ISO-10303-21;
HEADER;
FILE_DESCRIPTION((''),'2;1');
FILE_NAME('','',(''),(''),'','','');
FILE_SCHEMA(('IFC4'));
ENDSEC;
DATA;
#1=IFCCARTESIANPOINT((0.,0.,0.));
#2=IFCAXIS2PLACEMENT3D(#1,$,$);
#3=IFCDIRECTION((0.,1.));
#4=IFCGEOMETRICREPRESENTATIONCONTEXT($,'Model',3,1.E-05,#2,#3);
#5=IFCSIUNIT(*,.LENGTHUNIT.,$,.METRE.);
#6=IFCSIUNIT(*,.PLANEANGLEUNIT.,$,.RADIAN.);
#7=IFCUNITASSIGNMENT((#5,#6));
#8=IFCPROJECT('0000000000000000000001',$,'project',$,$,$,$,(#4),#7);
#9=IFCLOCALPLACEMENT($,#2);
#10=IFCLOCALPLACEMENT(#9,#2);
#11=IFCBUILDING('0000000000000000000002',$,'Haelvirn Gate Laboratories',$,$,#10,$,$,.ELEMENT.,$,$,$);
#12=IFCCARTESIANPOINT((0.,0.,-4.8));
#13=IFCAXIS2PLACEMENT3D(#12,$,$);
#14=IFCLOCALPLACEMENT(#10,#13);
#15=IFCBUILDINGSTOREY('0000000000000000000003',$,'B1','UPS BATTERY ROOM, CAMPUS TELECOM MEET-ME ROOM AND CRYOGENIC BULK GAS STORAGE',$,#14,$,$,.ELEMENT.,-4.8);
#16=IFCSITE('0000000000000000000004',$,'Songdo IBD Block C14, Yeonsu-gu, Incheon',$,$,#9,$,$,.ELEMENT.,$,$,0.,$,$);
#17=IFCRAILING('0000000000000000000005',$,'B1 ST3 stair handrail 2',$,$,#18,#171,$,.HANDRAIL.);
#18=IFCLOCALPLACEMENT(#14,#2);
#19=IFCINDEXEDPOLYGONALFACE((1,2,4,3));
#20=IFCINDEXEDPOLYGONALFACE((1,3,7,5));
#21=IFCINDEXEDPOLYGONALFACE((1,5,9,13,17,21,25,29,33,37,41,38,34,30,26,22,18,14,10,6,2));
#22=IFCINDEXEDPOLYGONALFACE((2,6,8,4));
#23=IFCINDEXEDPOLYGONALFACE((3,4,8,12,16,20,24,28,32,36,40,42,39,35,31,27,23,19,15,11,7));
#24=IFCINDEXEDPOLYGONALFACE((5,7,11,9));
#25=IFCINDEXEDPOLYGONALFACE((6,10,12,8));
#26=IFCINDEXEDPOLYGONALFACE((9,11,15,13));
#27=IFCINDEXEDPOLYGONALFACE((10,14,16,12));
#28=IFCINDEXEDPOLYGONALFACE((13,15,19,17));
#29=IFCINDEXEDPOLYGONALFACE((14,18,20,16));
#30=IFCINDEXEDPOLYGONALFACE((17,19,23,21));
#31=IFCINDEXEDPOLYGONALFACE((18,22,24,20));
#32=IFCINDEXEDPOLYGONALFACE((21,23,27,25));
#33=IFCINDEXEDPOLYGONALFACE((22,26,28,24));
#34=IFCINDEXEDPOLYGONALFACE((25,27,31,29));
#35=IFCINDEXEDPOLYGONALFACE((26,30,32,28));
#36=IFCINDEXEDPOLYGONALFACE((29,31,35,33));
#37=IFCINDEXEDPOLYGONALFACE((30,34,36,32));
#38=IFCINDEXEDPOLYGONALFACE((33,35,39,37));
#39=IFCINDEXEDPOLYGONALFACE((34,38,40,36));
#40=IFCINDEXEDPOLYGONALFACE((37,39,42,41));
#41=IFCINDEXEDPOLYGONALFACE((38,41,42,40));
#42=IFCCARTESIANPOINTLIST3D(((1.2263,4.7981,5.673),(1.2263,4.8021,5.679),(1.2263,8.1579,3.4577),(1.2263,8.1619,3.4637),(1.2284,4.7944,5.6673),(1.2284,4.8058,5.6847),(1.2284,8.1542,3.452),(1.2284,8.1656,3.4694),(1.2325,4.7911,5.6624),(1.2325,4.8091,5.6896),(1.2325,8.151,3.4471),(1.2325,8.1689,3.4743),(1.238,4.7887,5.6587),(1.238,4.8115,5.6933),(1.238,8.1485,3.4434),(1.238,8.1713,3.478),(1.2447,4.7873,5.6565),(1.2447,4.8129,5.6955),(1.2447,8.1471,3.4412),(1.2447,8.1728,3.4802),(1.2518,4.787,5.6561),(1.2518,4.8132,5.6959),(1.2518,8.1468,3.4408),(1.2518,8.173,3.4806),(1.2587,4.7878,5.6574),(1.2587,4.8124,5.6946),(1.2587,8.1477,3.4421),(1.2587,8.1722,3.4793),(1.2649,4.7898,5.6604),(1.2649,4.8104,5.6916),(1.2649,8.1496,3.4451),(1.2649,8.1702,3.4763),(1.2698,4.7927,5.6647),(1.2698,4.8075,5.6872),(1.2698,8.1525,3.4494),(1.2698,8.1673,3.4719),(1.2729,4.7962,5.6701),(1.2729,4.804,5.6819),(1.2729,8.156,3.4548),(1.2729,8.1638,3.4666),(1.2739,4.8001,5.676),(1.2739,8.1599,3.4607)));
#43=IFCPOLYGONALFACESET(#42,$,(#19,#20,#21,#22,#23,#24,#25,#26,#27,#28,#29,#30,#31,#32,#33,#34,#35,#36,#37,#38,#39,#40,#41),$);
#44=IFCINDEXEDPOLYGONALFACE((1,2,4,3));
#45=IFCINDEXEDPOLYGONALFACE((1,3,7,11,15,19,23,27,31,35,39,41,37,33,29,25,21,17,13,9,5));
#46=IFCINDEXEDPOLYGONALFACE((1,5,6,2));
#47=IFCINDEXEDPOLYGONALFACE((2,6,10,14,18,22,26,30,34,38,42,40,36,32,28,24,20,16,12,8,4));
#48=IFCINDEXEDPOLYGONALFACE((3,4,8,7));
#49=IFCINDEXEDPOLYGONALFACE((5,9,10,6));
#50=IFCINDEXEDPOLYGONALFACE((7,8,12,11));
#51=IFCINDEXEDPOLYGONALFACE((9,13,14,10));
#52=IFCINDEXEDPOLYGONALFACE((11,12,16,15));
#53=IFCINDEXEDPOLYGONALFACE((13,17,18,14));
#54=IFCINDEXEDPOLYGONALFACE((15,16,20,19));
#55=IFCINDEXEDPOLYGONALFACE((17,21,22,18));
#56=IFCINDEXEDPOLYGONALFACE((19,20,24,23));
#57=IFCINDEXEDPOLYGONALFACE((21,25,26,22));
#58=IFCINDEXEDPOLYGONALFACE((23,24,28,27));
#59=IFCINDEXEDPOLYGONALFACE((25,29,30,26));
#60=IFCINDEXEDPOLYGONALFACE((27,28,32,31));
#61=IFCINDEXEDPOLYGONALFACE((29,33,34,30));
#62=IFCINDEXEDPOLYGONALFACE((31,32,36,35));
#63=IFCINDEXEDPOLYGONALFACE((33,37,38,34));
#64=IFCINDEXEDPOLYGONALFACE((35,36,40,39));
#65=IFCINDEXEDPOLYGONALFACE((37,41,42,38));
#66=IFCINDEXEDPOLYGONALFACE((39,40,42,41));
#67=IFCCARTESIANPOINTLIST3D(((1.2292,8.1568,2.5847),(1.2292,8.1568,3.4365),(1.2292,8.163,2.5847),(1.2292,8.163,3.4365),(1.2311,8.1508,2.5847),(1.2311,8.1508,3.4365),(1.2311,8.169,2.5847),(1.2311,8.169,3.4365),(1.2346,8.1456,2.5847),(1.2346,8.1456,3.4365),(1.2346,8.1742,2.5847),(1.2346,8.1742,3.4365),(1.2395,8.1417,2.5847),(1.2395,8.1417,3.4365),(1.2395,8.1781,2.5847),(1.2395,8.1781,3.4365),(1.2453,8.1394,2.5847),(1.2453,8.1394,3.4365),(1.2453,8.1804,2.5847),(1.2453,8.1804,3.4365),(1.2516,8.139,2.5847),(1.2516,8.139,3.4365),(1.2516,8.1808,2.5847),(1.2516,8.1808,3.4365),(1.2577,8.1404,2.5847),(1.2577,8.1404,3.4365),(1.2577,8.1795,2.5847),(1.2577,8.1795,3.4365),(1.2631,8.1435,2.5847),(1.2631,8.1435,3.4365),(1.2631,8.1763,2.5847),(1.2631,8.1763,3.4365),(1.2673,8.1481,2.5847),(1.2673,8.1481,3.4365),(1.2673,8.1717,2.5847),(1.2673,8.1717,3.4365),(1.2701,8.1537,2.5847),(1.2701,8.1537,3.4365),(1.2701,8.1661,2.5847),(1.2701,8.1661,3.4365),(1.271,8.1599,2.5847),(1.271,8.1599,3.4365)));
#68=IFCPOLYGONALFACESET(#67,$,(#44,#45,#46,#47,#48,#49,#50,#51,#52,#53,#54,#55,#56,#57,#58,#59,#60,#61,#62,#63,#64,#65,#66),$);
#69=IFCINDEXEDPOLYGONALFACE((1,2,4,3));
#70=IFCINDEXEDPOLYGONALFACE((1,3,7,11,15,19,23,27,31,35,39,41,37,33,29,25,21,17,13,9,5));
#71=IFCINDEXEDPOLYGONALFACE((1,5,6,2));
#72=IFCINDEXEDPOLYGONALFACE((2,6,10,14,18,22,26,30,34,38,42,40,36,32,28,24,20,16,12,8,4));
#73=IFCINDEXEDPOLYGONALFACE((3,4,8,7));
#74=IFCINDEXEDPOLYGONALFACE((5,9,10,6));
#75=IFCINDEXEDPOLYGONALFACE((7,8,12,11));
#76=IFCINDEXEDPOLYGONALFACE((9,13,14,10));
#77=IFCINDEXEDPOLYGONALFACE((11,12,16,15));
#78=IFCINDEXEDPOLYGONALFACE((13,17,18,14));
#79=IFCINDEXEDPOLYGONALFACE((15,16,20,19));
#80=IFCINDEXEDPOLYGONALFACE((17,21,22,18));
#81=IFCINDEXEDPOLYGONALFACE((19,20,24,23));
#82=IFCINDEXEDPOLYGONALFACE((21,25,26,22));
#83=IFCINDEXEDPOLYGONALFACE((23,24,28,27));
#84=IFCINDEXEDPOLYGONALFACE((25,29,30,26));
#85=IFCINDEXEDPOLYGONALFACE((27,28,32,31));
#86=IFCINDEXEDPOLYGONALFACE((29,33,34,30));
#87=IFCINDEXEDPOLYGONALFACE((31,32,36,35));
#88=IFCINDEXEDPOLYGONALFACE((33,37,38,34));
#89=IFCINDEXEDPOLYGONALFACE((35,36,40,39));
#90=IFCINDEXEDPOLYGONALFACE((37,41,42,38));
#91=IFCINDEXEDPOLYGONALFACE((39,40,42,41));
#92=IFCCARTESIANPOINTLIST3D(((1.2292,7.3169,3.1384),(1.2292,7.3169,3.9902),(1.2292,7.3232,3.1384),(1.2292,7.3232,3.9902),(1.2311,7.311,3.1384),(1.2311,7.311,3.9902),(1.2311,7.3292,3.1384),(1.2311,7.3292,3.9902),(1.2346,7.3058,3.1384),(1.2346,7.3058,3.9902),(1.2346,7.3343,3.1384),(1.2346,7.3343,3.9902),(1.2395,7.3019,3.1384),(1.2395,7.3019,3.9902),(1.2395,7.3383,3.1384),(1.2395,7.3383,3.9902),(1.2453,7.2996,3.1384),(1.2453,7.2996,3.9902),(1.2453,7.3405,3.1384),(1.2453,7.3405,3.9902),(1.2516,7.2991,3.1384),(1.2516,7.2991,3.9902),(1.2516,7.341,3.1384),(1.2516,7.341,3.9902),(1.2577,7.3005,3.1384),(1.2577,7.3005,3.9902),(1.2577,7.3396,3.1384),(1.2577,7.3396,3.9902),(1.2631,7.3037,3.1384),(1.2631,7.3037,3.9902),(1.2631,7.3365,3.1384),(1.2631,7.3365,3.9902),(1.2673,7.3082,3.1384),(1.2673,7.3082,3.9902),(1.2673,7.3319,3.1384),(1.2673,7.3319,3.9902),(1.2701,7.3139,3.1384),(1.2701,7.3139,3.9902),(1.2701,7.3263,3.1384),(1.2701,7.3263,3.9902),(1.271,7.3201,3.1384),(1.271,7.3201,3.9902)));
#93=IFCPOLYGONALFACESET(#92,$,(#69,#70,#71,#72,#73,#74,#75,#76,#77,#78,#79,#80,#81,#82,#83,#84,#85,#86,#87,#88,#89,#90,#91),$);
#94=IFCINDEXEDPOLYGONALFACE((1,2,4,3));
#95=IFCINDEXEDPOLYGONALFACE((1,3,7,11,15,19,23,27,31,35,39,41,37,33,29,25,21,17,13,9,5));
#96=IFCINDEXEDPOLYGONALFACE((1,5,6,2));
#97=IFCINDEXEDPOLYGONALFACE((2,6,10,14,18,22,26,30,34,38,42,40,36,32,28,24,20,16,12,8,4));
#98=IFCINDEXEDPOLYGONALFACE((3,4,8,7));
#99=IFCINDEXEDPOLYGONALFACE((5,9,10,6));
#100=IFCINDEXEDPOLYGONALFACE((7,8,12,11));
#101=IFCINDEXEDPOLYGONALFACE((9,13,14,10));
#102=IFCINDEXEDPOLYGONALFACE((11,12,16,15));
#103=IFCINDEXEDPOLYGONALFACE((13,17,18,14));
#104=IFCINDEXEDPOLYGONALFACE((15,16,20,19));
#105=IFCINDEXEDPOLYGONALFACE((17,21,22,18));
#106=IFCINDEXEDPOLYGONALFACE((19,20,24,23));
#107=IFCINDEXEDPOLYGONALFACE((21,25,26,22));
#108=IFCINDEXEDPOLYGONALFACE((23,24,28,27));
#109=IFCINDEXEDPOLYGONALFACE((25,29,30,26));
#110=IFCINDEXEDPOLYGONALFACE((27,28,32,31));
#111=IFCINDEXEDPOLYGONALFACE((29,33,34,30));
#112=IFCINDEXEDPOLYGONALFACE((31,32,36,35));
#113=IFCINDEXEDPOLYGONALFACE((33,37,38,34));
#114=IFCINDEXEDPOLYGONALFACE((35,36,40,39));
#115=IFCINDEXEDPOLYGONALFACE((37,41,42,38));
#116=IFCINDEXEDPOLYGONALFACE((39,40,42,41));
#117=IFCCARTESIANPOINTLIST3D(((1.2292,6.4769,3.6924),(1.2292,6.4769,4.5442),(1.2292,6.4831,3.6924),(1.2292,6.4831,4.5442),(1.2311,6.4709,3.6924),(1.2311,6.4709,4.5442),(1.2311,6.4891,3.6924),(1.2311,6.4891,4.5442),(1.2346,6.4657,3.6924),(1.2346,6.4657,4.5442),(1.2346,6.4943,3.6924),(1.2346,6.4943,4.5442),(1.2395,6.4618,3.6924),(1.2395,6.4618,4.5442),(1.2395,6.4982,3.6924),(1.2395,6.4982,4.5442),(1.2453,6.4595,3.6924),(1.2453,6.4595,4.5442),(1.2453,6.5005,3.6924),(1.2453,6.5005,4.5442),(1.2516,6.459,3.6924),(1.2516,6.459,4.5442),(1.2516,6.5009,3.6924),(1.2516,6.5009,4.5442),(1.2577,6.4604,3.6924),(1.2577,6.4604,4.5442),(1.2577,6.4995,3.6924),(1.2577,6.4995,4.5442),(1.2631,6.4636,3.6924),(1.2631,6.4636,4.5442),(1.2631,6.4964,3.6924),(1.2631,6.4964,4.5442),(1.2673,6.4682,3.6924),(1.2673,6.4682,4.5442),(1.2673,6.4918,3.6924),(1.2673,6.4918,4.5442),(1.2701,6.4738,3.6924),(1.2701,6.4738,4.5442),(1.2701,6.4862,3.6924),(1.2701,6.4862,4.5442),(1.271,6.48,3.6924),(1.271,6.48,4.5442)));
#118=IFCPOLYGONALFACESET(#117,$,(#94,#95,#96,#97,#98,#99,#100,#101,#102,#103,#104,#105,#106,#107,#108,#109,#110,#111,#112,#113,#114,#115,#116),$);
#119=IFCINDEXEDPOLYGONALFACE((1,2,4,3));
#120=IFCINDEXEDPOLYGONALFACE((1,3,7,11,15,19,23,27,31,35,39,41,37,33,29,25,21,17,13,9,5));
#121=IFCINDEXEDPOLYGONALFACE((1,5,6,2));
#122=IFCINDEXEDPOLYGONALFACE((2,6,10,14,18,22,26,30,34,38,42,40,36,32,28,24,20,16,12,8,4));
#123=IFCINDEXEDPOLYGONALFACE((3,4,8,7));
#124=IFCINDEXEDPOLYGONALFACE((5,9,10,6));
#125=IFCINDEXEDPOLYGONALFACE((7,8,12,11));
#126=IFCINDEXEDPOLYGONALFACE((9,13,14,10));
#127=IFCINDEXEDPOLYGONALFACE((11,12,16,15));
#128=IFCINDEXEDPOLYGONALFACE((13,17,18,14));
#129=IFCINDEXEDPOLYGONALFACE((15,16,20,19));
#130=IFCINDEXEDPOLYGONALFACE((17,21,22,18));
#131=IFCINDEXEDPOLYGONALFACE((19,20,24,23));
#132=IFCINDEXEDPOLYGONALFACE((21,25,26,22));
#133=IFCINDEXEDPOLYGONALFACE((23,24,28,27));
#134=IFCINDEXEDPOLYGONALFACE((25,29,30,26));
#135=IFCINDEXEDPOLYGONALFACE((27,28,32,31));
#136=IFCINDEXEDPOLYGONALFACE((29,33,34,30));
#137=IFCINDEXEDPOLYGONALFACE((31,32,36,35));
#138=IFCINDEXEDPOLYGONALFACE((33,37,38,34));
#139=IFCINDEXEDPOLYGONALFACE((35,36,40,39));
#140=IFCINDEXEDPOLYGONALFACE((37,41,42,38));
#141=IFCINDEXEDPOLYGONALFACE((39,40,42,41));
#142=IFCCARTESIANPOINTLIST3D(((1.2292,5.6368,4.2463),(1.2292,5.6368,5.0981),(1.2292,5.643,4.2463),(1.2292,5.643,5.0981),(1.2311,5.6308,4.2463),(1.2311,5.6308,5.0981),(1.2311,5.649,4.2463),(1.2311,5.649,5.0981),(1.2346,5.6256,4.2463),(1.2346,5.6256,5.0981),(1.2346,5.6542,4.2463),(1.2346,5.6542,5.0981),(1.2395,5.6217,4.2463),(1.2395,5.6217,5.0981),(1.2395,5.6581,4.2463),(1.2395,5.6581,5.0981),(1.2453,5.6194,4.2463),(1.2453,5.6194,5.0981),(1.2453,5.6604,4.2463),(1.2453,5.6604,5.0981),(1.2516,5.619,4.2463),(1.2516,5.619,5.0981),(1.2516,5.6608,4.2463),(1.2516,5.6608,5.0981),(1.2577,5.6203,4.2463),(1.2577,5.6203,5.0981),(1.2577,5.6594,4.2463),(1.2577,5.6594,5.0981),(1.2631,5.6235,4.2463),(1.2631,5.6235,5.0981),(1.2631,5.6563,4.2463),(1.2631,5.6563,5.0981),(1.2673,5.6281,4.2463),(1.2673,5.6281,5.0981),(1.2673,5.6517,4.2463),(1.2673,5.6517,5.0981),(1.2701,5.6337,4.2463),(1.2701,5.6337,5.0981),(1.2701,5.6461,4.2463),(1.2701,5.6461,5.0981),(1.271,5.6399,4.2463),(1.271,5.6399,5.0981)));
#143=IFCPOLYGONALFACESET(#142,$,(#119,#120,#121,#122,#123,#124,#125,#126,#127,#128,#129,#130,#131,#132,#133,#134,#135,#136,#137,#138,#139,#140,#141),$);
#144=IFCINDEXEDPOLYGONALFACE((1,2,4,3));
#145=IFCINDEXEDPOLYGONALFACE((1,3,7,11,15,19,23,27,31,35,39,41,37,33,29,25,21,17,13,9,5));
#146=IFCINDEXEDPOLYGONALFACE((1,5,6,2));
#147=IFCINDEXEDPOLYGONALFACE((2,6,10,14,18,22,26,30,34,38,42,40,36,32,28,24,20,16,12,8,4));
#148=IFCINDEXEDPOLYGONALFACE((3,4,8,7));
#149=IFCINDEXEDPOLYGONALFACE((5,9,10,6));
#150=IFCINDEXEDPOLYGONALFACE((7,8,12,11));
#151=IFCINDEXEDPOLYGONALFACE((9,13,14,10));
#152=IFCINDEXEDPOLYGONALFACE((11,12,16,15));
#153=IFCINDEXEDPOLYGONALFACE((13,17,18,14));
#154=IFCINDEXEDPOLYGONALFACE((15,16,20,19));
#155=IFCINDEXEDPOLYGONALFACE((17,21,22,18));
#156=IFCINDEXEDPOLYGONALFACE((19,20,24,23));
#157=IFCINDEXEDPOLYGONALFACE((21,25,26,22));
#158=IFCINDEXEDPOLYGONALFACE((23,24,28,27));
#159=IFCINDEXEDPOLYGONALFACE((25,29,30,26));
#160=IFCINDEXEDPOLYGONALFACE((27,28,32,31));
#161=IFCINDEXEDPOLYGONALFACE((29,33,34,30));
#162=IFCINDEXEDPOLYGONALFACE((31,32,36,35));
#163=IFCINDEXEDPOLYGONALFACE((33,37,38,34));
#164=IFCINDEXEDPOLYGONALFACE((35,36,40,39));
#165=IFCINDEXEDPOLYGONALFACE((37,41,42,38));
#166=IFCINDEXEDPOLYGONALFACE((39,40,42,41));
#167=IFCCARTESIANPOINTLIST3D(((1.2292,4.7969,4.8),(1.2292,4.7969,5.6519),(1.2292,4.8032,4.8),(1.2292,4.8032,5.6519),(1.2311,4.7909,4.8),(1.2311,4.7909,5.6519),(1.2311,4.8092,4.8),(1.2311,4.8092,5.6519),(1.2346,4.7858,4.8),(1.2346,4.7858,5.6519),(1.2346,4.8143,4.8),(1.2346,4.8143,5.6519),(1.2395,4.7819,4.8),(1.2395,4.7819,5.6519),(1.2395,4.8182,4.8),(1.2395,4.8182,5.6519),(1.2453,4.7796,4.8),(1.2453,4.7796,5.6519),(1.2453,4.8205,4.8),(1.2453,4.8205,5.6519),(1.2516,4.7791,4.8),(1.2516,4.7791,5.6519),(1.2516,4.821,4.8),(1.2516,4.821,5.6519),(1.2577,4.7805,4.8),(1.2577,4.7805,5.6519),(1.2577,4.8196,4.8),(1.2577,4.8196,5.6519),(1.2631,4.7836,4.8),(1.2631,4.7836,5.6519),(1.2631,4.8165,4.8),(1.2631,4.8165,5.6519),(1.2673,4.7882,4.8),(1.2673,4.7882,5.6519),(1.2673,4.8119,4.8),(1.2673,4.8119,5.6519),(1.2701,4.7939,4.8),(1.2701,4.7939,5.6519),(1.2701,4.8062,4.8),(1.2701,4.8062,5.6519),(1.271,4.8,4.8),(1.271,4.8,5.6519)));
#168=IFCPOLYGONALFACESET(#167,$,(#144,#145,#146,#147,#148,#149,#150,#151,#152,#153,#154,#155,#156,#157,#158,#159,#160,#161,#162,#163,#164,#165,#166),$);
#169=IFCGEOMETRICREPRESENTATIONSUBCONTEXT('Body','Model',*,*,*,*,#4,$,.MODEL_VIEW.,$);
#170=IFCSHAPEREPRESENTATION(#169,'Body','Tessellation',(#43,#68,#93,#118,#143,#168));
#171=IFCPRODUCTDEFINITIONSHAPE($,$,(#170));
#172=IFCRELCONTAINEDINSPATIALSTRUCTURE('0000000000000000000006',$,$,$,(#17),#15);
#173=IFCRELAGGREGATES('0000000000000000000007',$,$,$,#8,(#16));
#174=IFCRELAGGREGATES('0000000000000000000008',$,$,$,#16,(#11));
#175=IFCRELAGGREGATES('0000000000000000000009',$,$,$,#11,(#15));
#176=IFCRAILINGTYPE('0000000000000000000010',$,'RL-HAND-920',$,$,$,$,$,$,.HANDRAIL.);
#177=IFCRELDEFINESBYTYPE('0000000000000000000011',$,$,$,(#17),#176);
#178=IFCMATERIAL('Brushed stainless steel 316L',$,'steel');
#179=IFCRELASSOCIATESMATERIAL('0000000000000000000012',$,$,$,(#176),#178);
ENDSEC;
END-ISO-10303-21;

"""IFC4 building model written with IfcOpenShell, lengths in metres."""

from ifc_helpers import new_model, si_unit, direction, frame, origin, origin_2d, place, context, subcontext, project, spatial, circle, extrude, source, transform, mapped, material, type_object, type_shapes, element, save


model = new_model("IFC4")

# Units and contexts
model_context = context("Model", 3, precision=1e-05, world=origin(), true_north=direction((0.0, 1.0)))
body_context = subcontext(model_context, "Body", "Model", "MODEL_VIEW")
ifc_project = project(units=[si_unit("LENGTHUNIT", "METRE"), si_unit("PLANEANGLEUNIT", "RADIAN")], contexts=[model_context])

# Site, building, storey
site_placement = place(None, origin())
site = spatial("IfcSite", under=ifc_project, at=site_placement, Name="Songdo IBD Block C14, Yeonsu-gu, Incheon", CompositionType="ELEMENT", RefElevation=0.0)
building_placement = place(site_placement, origin())
building = spatial("IfcBuilding", under=site, at=building_placement, Name="Haelvirn Gate Laboratories", CompositionType="ELEMENT")
storey_placement = place(building_placement, frame((0.0, 0.0, -4.8)))
storey = spatial("IfcBuildingStorey", under=building, at=storey_placement, Name="B1", Description="UPS BATTERY ROOM, CAMPUS TELECOM MEET-ME ROOM AND CRYOGENIC BULK GAS STORAGE", CompositionType="ELEMENT", Elevation=-4.8)

# Railing
ifc_material_1 = material(Name="Brushed stainless steel 316L", Category="steel")
railing_type_1 = type_object("IfcRailingType", Name="RL-HAND-920", PredefinedType="HANDRAIL", material=ifc_material_1)
shared_shape_1 = source(origin(), body_context, "Body", "SweptSolid", [
    extrude(circle(Radius=0.0239, at=origin_2d()), frame((0.0, 0.0, 0.876), z_axis=(0.0, -0.834858, 0.550465), x_axis=(1.0, 0.0, 0.0)), (0.0, 0.0, 1.0), 4.0244),
    extrude(circle(Radius=0.021, at=origin_2d()), origin(), (0.0, 0.0, 1.0), 0.8518),
    extrude(circle(Radius=0.021, at=origin_2d()), frame((0.0, -0.8398, 0.5537)), (0.0, 0.0, 1.0), 0.8518),
    extrude(circle(Radius=0.021, at=origin_2d()), frame((0.0, -1.6799, 1.1077)), (0.0, 0.0, 1.0), 0.8518),
    extrude(circle(Radius=0.021, at=origin_2d()), frame((0.0, -2.52, 1.6616)), (0.0, 0.0, 1.0), 0.8518),
    extrude(circle(Radius=0.021, at=origin_2d()), frame((0.0, -3.3599, 2.2153)), (0.0, 0.0, 1.0), 0.8518),
])
type_shapes(railing_type_1, [shared_shape_1])
railing_1_placement = place(storey_placement, frame((1.25, 8.1599, 2.5847)))
element("IfcRailing", 1, at=railing_1_placement, inside=storey, type_object=railing_type_1, Name="B1 ST3 stair handrail 2", PredefinedType="HANDRAIL", context=body_context, shape_type="MappedRepresentation", body=[
    mapped(shared_shape_1, transform((0.0, 0.0, 0.0), scale=1.0)),
])

save(model, "model.ifc")
